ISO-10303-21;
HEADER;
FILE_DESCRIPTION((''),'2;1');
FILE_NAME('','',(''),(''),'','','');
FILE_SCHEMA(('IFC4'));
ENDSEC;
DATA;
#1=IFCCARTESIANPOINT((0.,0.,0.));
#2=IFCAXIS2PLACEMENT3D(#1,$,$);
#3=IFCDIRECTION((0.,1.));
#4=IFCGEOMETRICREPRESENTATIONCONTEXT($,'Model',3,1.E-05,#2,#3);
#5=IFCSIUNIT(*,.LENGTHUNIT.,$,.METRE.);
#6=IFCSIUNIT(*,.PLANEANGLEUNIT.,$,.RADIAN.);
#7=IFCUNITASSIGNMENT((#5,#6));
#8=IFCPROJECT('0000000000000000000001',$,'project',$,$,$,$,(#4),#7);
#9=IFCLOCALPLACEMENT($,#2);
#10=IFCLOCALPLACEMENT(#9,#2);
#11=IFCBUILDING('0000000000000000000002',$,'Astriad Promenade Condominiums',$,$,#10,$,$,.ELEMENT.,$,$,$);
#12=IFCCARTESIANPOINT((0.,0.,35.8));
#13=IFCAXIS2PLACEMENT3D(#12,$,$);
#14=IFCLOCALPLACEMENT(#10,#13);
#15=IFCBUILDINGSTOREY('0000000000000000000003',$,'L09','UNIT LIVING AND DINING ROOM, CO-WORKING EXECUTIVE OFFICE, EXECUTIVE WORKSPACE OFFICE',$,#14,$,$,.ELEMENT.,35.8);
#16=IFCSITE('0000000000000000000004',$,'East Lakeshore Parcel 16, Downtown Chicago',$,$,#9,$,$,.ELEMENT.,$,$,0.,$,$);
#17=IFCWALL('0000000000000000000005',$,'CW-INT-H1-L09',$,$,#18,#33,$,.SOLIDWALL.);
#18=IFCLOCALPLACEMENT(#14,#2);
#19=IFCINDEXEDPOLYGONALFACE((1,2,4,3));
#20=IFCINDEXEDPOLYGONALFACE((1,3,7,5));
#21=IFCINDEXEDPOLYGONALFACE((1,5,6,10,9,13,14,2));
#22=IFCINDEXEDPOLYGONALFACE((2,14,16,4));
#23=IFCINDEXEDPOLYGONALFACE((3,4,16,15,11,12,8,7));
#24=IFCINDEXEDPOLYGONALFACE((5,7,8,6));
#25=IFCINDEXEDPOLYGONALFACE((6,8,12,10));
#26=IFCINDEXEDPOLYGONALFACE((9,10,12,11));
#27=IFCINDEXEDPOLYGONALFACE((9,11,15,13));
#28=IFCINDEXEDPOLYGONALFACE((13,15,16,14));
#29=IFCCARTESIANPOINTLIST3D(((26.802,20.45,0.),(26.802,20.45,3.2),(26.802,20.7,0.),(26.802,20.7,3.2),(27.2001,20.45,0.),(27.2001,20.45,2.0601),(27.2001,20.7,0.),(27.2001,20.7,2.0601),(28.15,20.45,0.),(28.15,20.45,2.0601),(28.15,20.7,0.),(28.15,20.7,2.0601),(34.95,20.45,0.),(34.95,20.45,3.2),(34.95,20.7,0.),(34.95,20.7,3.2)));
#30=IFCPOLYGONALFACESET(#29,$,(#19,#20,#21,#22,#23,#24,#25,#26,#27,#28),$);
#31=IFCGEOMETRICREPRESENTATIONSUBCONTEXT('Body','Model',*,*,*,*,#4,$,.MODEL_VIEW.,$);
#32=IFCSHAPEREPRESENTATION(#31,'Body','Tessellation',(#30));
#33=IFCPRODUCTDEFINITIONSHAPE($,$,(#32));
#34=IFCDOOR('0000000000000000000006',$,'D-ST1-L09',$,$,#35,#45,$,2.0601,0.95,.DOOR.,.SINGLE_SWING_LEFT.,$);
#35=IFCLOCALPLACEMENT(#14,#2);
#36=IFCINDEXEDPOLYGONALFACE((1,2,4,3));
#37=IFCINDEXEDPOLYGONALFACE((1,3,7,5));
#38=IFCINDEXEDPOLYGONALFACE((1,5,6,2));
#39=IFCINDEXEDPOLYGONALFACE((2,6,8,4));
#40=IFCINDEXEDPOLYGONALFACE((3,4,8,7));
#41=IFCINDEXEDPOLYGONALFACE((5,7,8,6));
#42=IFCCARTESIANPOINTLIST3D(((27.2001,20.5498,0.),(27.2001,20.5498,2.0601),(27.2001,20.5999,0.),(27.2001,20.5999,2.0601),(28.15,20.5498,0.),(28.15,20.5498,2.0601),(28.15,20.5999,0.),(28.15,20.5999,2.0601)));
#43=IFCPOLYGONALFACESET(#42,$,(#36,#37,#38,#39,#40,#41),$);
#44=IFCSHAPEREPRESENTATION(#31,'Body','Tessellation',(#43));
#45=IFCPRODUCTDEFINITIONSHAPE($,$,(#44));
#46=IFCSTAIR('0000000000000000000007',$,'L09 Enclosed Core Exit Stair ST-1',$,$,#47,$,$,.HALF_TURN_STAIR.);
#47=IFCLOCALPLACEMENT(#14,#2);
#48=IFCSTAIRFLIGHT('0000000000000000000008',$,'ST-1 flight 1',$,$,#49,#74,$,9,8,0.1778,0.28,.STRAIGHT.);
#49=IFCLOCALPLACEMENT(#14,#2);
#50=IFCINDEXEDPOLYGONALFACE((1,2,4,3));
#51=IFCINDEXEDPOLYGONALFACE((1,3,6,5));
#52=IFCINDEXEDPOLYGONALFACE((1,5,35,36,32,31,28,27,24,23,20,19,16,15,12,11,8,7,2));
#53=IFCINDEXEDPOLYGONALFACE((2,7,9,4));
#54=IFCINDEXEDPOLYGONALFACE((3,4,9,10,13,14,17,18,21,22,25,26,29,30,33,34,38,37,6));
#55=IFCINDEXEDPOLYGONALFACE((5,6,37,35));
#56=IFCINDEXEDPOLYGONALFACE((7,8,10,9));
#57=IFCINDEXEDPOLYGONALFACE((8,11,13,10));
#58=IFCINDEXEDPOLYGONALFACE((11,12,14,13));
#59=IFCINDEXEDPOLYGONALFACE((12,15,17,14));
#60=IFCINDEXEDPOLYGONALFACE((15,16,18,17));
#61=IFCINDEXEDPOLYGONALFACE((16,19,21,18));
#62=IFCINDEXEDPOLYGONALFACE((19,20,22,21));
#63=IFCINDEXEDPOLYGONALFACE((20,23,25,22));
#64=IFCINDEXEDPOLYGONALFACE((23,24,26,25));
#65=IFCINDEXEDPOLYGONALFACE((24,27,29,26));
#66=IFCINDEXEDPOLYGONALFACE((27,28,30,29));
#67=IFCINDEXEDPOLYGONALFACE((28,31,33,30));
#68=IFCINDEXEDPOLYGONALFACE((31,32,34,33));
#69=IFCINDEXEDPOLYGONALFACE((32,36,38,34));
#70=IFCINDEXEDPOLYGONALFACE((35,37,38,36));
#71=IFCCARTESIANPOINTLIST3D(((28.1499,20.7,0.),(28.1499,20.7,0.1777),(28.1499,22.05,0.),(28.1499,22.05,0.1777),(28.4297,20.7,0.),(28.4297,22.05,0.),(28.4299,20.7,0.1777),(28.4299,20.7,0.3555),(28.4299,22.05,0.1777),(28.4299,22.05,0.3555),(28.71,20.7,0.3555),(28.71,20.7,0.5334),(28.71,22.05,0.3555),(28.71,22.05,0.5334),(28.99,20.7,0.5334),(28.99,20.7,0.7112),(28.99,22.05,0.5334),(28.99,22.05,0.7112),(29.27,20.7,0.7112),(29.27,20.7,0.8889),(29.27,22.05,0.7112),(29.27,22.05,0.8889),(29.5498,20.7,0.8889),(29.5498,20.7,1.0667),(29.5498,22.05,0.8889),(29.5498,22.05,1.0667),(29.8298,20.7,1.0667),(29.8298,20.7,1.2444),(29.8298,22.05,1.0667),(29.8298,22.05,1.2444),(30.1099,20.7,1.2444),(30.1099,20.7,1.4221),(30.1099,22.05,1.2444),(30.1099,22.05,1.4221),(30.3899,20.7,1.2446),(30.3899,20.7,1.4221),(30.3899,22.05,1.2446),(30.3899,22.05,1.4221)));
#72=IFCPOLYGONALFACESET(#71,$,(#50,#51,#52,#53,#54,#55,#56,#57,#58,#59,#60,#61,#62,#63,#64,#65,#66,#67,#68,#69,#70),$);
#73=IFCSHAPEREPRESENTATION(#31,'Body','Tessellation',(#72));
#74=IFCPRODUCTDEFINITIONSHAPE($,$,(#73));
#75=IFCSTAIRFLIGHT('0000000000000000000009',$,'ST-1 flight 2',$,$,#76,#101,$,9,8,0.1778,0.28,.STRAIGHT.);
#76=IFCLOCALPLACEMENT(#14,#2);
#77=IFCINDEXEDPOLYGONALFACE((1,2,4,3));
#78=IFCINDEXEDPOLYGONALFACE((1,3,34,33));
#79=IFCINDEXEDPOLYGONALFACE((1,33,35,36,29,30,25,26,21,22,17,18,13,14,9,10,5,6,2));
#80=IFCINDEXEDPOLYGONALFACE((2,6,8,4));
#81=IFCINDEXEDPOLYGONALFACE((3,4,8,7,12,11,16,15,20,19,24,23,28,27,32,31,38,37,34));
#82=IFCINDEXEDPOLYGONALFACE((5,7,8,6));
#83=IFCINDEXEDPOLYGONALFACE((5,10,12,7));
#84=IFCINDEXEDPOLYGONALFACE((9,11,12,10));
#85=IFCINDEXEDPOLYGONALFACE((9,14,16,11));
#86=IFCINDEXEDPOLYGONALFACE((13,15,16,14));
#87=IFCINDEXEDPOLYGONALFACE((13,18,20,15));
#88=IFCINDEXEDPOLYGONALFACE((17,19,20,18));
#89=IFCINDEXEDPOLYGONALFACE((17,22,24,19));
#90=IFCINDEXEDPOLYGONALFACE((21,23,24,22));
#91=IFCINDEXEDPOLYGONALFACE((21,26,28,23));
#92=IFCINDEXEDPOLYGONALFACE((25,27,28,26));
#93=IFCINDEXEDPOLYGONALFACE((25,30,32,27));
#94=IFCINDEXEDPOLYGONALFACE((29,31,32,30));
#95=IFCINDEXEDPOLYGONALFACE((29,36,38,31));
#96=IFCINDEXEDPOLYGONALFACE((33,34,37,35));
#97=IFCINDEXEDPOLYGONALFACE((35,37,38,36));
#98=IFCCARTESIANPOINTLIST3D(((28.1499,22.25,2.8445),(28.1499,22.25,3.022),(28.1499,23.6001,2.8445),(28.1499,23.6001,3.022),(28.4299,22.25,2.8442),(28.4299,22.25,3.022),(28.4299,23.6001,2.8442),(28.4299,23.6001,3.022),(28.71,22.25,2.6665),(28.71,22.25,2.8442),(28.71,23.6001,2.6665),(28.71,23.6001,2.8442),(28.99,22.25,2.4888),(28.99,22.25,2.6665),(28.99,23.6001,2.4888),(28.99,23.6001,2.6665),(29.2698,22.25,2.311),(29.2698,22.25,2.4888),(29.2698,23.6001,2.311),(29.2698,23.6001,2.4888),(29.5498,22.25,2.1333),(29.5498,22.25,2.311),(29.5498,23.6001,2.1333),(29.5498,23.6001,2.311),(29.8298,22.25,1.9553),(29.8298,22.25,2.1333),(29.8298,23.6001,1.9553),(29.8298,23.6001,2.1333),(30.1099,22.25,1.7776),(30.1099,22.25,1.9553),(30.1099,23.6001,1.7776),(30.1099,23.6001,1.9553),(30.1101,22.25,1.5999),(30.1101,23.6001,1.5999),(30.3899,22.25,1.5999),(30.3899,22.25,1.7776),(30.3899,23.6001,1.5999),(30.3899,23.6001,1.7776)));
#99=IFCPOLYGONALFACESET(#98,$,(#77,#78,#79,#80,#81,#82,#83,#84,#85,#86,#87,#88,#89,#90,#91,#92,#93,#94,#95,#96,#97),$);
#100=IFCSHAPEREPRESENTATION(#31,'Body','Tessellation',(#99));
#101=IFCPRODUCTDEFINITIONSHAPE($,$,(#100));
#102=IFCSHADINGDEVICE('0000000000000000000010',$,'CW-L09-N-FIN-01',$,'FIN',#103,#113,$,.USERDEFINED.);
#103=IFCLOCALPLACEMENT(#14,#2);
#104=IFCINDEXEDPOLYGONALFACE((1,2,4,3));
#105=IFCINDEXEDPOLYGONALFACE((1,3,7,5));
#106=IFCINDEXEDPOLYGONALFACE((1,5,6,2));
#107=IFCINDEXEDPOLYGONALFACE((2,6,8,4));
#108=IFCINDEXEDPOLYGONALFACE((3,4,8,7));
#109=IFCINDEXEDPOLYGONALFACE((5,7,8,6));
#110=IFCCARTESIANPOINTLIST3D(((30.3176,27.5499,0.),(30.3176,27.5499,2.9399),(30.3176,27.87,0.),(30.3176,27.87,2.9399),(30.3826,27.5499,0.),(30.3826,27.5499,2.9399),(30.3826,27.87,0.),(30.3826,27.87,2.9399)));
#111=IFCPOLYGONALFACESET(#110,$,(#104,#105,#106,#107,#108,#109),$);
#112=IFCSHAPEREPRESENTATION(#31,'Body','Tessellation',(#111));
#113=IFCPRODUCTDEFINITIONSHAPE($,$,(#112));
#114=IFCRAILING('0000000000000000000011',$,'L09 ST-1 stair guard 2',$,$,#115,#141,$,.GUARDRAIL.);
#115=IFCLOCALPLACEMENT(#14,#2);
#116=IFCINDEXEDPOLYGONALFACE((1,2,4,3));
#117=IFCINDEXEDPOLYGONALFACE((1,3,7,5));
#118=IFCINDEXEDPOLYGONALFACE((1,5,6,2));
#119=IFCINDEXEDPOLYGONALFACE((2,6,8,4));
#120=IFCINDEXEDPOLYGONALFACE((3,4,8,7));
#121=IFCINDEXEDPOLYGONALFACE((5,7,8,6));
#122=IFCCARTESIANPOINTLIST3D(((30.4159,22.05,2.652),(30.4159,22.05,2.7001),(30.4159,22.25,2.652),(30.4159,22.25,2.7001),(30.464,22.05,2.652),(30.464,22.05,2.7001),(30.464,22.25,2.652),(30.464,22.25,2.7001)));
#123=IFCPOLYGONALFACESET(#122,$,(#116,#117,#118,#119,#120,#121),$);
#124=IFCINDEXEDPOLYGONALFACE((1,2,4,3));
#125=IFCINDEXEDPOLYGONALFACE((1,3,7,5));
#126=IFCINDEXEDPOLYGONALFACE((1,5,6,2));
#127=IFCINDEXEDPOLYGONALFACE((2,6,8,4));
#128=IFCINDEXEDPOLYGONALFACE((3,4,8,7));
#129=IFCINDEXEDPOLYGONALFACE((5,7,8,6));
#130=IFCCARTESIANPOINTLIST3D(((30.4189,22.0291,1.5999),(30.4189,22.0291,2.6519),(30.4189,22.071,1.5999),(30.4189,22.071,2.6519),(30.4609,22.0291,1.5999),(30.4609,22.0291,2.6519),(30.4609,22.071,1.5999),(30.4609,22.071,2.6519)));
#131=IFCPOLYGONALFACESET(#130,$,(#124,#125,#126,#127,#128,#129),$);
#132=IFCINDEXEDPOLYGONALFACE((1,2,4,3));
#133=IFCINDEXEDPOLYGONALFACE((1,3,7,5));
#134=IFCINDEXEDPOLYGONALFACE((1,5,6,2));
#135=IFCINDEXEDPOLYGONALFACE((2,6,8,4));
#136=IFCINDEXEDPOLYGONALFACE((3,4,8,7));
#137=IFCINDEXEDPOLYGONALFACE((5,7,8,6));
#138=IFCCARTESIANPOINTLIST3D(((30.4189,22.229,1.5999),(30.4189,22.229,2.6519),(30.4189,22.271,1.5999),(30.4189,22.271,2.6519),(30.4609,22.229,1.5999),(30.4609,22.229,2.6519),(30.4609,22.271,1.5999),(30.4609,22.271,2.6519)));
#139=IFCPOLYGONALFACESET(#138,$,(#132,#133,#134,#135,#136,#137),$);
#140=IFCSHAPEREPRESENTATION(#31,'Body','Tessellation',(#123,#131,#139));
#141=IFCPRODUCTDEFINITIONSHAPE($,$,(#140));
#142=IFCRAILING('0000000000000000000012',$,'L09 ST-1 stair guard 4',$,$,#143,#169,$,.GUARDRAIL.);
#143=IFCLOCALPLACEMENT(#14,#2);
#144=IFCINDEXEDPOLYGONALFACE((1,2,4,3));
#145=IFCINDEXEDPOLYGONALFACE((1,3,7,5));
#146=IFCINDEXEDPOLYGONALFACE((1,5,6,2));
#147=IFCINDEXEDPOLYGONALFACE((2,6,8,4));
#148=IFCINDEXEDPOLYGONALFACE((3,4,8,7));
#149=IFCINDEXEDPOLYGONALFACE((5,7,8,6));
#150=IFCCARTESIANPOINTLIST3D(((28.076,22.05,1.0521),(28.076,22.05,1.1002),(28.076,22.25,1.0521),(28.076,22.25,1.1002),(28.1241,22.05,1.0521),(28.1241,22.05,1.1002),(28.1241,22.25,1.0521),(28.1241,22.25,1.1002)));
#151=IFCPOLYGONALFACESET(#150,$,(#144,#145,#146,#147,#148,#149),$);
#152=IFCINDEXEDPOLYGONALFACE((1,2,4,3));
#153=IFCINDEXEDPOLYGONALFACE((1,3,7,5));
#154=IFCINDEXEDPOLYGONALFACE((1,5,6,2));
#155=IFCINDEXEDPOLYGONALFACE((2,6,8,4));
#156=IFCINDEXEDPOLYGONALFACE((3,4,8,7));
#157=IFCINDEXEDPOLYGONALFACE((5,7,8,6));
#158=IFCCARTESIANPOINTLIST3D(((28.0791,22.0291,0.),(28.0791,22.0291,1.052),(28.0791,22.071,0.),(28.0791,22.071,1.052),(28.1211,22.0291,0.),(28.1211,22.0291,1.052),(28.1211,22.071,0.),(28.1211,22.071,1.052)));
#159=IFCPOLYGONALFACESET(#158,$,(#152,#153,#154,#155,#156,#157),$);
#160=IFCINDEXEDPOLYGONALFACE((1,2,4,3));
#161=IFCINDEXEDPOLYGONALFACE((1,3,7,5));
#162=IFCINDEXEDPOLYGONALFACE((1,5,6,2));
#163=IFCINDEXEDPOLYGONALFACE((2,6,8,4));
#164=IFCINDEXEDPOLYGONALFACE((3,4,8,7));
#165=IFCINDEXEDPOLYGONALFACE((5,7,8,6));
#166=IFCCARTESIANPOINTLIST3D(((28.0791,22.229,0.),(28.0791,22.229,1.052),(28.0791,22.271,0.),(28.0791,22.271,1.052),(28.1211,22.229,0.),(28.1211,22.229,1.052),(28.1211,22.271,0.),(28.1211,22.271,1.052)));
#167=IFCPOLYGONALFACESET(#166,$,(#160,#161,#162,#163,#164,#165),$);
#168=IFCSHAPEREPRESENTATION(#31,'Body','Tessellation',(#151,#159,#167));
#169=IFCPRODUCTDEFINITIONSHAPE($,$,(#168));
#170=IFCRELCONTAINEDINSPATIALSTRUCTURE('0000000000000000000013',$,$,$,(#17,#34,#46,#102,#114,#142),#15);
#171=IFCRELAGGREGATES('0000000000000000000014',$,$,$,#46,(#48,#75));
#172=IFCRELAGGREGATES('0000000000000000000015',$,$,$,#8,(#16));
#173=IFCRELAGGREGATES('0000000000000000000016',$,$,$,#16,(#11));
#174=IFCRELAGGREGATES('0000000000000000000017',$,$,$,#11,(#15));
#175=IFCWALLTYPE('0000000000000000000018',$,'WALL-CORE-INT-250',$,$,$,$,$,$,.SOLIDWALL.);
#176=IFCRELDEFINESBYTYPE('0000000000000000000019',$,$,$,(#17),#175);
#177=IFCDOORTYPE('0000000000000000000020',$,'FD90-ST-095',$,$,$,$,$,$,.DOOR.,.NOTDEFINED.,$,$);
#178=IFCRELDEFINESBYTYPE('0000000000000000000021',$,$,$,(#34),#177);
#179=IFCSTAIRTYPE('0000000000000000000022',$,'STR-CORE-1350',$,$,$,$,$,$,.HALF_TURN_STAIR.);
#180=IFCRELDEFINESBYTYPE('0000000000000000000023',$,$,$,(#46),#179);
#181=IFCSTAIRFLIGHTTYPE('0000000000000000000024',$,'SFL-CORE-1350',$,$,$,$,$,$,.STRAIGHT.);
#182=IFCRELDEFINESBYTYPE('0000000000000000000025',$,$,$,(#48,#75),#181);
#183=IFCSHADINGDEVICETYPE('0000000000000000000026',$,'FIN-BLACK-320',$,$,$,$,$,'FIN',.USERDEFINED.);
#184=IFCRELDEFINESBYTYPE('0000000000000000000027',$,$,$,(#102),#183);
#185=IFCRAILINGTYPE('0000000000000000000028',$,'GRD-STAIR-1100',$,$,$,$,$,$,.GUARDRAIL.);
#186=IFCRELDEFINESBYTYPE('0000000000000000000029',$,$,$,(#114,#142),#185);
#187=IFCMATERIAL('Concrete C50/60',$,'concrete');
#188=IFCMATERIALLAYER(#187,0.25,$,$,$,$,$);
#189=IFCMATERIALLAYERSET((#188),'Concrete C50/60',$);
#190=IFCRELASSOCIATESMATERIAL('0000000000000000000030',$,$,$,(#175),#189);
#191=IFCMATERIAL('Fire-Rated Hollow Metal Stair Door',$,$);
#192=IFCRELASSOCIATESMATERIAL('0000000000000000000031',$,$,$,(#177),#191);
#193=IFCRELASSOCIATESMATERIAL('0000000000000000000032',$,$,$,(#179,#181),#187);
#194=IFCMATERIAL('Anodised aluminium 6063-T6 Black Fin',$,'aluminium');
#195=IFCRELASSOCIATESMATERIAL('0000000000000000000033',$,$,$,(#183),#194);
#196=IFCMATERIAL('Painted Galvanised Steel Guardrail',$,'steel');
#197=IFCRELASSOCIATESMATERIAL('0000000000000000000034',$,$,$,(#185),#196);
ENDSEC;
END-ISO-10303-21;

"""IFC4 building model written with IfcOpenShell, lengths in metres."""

from ifc_helpers import new_model, si_unit, direction, frame, frame_2d, origin, origin_2d, place, context, subcontext, project, spatial, polyline, rectangle, outline, extrude, source, transform, mapped, material, layer, layer_set, type_object, type_shapes, element, fill, aggregate, save


model = new_model("IFC4")

# Units and contexts
model_context = context("Model", 3, precision=1e-05, world=origin(), true_north=direction((0.0, 1.0)))
body_context = subcontext(model_context, "Body", "Model", "MODEL_VIEW")
ifc_project = project(units=[si_unit("LENGTHUNIT", "METRE"), si_unit("PLANEANGLEUNIT", "RADIAN")], contexts=[model_context])

# Site, building, storey
site_placement = place(None, origin())
site = spatial("IfcSite", under=ifc_project, at=site_placement, Name="East Lakeshore Parcel 16, Downtown Chicago", CompositionType="ELEMENT", RefElevation=0.0)
building_placement = place(site_placement, origin())
building = spatial("IfcBuilding", under=site, at=building_placement, Name="Astriad Promenade Condominiums", CompositionType="ELEMENT")
storey_placement = place(building_placement, frame((0.0, 0.0, 35.8)))
storey = spatial("IfcBuildingStorey", under=building, at=storey_placement, Name="L09", Description="UNIT LIVING AND DINING ROOM, CO-WORKING EXECUTIVE OFFICE, EXECUTIVE WORKSPACE OFFICE", CompositionType="ELEMENT", Elevation=35.8)

# Wall, opening, door
ifc_material_1 = material(Name="Concrete C50/60", Category="concrete")
ifc_layer_1 = layer(ifc_material_1, 0.25)
ifc_layer_set_1 = layer_set([ifc_layer_1], Name="Concrete C50/60")
wall_type = type_object("IfcWallType", Name="WALL-CORE-INT-250", PredefinedType="SOLIDWALL", material=ifc_layer_set_1)
wall_placement = place(storey_placement, frame((26.802, 20.575, 0.0), z_axis=(0.0, 0.0, 1.0), x_axis=(1.0, 0.0, 0.0)))
wall = element("IfcWall", 1, at=wall_placement, inside=storey, type_object=wall_type, Name="CW-INT-H1-L09", PredefinedType="SOLIDWALL", context=body_context, shape_type="SweptSolid", body=[
    extrude(rectangle(XDim=8.1479, YDim=0.25, at=frame_2d((4.074, 0.0))), origin(), (0.0, 0.0, 1.0), 3.2),
])
opening_placement = place(wall_placement, frame((0.3979, 0.0, 0.0)))
opening = element("IfcOpeningElement", 2, at=opening_placement, cuts=wall, PredefinedType="OPENING", context=body_context, shape_type="SweptSolid", body=[
    extrude(rectangle(XDim=0.95, YDim=2.0601, at=frame_2d((0.4751, 1.03))), frame((0.0, 0.135, 0.0), z_axis=(0.0, -1.0, 0.0), x_axis=(1.0, 0.0, 0.0)), (0.0, 0.0, 1.0), 0.27),
])
ifc_material_2 = material(Name="Fire-Rated Hollow Metal Stair Door")
door_type = type_object("IfcDoorType", Name="FD90-ST-095", OperationType="NOTDEFINED", PredefinedType="DOOR", material=ifc_material_2)
shared_shape_1 = source(origin(), body_context, "Body", "SweptSolid", [
    extrude(rectangle(XDim=0.95, YDim=2.0601, at=frame_2d((0.4751, 1.03))), frame((0.0, 0.0249, 0.0), z_axis=(0.0, -1.0, 0.0), x_axis=(1.0, 0.0, 0.0)), (0.0, 0.0, 1.0), 0.05),
])
type_shapes(door_type, [shared_shape_1])
door_placement = place(opening_placement, origin())
door = element("IfcDoor", 3, at=door_placement, inside=storey, type_object=door_type, Name="D-ST1-L09", OperationType="SINGLE_SWING_LEFT", OverallHeight=2.0601, OverallWidth=0.95, PredefinedType="DOOR", context=body_context, shape_type="MappedRepresentation", body=[
    mapped(shared_shape_1, transform((0.0, 0.0, 0.0), scale=1.0)),
])
fill(opening, door)

# Stair, stair flights
stair_type = type_object("IfcStairType", Name="STR-CORE-1350", PredefinedType="HALF_TURN_STAIR", material=ifc_material_1)
stair_placement = place(storey_placement, origin())
stair = element("IfcStair", 4, at=stair_placement, inside=storey, type_object=stair_type, Name="L09 Enclosed Core Exit Stair ST-1", PredefinedType="HALF_TURN_STAIR")
stair_flight_type = type_object("IfcStairFlightType", Name="SFL-CORE-1350", PredefinedType="STRAIGHT", material=ifc_material_1)
shared_shape_2 = source(origin(), body_context, "Body", "SweptSolid", [
    extrude(outline(polyline([(0.0, 0.0), (0.0, 0.1777), (0.28, 0.1777), (0.28, 0.3555), (0.5601, 0.3555), (0.5601, 0.5334), (0.8401, 0.5334), (0.8401, 0.7112), (1.1201, 0.7112), (1.1201, 0.8889), (1.3999, 0.8889), (1.3999, 1.0667), (1.6799, 1.0667), (1.6799, 1.2444), (1.96, 1.2444), (1.96, 1.4221), (2.24, 1.4221), (2.24, 1.6001), (2.24, 1.2446), (0.2798, 0.0), (0.0, 0.0)])), frame((0.0, 0.675, 0.0), z_axis=(0.0, -1.0, 0.0), x_axis=(1.0, 0.0, 0.0)), (0.0, 0.0, 1.0), 1.3501),
])
type_shapes(stair_flight_type, [shared_shape_2])
stair_flight_1_placement = place(storey_placement, frame((28.1499, 21.375, 0.0), z_axis=(0.0, 0.0, 1.0), x_axis=(1.0, 0.0, 0.0)))
stair_flight_1 = element("IfcStairFlight", 5, at=stair_flight_1_placement, type_object=stair_flight_type, Name="ST-1 flight 1", NumberOfRisers=9, NumberOfTreads=8, PredefinedType="STRAIGHT", RiserHeight=0.1778, TreadLength=0.28, context=body_context, shape_type="MappedRepresentation", body=[
    mapped(shared_shape_2, transform((0.0, 0.0, 0.0), scale=1.0)),
])
stair_flight_2_placement = place(storey_placement, frame((30.3899, 22.925, 1.5999), z_axis=(0.0, 0.0, 1.0), x_axis=(-1.0, 0.0, 0.0)))
stair_flight_2 = element("IfcStairFlight", 6, at=stair_flight_2_placement, type_object=stair_flight_type, Name="ST-1 flight 2", NumberOfRisers=9, NumberOfTreads=8, PredefinedType="STRAIGHT", RiserHeight=0.1778, TreadLength=0.28, context=body_context, shape_type="MappedRepresentation", body=[
    mapped(shared_shape_2, transform((0.0, 0.0, 0.0), scale=1.0)),
])
aggregate(stair, [stair_flight_1, stair_flight_2])

# Shading device
ifc_material_3 = material(Name="Anodised aluminium 6063-T6 Black Fin", Category="aluminium")
shading_device_type = type_object("IfcShadingDeviceType", Name="FIN-BLACK-320", ElementType="FIN", PredefinedType="USERDEFINED", material=ifc_material_3)
shared_shape_3 = source(origin(), body_context, "Body", "SweptSolid", [
    extrude(rectangle(XDim=0.0649, YDim=0.3201, at=origin_2d()), origin(), (0.0, 0.0, 1.0), 2.9399),
])
type_shapes(shading_device_type, [shared_shape_3])
shading_device_placement = place(storey_placement, frame((30.3501, 27.71, 0.0), z_axis=(0.0, 0.0, 1.0), x_axis=(1.0, 0.0, 0.0)))
element("IfcShadingDevice", 7, at=shading_device_placement, inside=storey, type_object=shading_device_type, Name="CW-L09-N-FIN-01", ObjectType="FIN", PredefinedType="USERDEFINED", context=body_context, shape_type="MappedRepresentation", body=[
    mapped(shared_shape_3, transform((0.0, 0.0, 0.0), scale=1.0)),
])

# Railings
ifc_material_4 = material(Name="Painted Galvanised Steel Guardrail", Category="steel")
railing_type_1 = type_object("IfcRailingType", Name="GRD-STAIR-1100", PredefinedType="GUARDRAIL", material=ifc_material_4)
shared_shape_4 = source(origin(), body_context, "Body", "SweptSolid", [
    extrude(rectangle(XDim=0.0481, YDim=0.0481, at=origin_2d()), frame((0.0, 0.0, 1.0762), z_axis=(0.0, 1.0, 0.0), x_axis=(-1.0, 0.0, 0.0)), (0.0, 0.0, 1.0), 0.2),
    extrude(rectangle(XDim=0.042, YDim=0.042, at=origin_2d()), origin(), (0.0, 0.0, 1.0), 1.052),
    extrude(rectangle(XDim=0.042, YDim=0.042, at=origin_2d()), frame((0.0, 0.2, 0.0)), (0.0, 0.0, 1.0), 1.052),
])
for number, where, name in (
    (8, (30.4399, 22.05, 1.5999), "L09 ST-1 stair guard 2"),
    (9, (28.1001, 22.05, 0.0), "L09 ST-1 stair guard 4"),
):
    element("IfcRailing", number, at=place(storey_placement, frame(where)), inside=storey, type_object=railing_type_1, Name=name, PredefinedType="GUARDRAIL", context=body_context, shape_type="MappedRepresentation", body=[
        mapped(shared_shape_4, transform((0.0, 0.0, 0.0), scale=1.0)),
    ])

save(model, "model.ifc")
